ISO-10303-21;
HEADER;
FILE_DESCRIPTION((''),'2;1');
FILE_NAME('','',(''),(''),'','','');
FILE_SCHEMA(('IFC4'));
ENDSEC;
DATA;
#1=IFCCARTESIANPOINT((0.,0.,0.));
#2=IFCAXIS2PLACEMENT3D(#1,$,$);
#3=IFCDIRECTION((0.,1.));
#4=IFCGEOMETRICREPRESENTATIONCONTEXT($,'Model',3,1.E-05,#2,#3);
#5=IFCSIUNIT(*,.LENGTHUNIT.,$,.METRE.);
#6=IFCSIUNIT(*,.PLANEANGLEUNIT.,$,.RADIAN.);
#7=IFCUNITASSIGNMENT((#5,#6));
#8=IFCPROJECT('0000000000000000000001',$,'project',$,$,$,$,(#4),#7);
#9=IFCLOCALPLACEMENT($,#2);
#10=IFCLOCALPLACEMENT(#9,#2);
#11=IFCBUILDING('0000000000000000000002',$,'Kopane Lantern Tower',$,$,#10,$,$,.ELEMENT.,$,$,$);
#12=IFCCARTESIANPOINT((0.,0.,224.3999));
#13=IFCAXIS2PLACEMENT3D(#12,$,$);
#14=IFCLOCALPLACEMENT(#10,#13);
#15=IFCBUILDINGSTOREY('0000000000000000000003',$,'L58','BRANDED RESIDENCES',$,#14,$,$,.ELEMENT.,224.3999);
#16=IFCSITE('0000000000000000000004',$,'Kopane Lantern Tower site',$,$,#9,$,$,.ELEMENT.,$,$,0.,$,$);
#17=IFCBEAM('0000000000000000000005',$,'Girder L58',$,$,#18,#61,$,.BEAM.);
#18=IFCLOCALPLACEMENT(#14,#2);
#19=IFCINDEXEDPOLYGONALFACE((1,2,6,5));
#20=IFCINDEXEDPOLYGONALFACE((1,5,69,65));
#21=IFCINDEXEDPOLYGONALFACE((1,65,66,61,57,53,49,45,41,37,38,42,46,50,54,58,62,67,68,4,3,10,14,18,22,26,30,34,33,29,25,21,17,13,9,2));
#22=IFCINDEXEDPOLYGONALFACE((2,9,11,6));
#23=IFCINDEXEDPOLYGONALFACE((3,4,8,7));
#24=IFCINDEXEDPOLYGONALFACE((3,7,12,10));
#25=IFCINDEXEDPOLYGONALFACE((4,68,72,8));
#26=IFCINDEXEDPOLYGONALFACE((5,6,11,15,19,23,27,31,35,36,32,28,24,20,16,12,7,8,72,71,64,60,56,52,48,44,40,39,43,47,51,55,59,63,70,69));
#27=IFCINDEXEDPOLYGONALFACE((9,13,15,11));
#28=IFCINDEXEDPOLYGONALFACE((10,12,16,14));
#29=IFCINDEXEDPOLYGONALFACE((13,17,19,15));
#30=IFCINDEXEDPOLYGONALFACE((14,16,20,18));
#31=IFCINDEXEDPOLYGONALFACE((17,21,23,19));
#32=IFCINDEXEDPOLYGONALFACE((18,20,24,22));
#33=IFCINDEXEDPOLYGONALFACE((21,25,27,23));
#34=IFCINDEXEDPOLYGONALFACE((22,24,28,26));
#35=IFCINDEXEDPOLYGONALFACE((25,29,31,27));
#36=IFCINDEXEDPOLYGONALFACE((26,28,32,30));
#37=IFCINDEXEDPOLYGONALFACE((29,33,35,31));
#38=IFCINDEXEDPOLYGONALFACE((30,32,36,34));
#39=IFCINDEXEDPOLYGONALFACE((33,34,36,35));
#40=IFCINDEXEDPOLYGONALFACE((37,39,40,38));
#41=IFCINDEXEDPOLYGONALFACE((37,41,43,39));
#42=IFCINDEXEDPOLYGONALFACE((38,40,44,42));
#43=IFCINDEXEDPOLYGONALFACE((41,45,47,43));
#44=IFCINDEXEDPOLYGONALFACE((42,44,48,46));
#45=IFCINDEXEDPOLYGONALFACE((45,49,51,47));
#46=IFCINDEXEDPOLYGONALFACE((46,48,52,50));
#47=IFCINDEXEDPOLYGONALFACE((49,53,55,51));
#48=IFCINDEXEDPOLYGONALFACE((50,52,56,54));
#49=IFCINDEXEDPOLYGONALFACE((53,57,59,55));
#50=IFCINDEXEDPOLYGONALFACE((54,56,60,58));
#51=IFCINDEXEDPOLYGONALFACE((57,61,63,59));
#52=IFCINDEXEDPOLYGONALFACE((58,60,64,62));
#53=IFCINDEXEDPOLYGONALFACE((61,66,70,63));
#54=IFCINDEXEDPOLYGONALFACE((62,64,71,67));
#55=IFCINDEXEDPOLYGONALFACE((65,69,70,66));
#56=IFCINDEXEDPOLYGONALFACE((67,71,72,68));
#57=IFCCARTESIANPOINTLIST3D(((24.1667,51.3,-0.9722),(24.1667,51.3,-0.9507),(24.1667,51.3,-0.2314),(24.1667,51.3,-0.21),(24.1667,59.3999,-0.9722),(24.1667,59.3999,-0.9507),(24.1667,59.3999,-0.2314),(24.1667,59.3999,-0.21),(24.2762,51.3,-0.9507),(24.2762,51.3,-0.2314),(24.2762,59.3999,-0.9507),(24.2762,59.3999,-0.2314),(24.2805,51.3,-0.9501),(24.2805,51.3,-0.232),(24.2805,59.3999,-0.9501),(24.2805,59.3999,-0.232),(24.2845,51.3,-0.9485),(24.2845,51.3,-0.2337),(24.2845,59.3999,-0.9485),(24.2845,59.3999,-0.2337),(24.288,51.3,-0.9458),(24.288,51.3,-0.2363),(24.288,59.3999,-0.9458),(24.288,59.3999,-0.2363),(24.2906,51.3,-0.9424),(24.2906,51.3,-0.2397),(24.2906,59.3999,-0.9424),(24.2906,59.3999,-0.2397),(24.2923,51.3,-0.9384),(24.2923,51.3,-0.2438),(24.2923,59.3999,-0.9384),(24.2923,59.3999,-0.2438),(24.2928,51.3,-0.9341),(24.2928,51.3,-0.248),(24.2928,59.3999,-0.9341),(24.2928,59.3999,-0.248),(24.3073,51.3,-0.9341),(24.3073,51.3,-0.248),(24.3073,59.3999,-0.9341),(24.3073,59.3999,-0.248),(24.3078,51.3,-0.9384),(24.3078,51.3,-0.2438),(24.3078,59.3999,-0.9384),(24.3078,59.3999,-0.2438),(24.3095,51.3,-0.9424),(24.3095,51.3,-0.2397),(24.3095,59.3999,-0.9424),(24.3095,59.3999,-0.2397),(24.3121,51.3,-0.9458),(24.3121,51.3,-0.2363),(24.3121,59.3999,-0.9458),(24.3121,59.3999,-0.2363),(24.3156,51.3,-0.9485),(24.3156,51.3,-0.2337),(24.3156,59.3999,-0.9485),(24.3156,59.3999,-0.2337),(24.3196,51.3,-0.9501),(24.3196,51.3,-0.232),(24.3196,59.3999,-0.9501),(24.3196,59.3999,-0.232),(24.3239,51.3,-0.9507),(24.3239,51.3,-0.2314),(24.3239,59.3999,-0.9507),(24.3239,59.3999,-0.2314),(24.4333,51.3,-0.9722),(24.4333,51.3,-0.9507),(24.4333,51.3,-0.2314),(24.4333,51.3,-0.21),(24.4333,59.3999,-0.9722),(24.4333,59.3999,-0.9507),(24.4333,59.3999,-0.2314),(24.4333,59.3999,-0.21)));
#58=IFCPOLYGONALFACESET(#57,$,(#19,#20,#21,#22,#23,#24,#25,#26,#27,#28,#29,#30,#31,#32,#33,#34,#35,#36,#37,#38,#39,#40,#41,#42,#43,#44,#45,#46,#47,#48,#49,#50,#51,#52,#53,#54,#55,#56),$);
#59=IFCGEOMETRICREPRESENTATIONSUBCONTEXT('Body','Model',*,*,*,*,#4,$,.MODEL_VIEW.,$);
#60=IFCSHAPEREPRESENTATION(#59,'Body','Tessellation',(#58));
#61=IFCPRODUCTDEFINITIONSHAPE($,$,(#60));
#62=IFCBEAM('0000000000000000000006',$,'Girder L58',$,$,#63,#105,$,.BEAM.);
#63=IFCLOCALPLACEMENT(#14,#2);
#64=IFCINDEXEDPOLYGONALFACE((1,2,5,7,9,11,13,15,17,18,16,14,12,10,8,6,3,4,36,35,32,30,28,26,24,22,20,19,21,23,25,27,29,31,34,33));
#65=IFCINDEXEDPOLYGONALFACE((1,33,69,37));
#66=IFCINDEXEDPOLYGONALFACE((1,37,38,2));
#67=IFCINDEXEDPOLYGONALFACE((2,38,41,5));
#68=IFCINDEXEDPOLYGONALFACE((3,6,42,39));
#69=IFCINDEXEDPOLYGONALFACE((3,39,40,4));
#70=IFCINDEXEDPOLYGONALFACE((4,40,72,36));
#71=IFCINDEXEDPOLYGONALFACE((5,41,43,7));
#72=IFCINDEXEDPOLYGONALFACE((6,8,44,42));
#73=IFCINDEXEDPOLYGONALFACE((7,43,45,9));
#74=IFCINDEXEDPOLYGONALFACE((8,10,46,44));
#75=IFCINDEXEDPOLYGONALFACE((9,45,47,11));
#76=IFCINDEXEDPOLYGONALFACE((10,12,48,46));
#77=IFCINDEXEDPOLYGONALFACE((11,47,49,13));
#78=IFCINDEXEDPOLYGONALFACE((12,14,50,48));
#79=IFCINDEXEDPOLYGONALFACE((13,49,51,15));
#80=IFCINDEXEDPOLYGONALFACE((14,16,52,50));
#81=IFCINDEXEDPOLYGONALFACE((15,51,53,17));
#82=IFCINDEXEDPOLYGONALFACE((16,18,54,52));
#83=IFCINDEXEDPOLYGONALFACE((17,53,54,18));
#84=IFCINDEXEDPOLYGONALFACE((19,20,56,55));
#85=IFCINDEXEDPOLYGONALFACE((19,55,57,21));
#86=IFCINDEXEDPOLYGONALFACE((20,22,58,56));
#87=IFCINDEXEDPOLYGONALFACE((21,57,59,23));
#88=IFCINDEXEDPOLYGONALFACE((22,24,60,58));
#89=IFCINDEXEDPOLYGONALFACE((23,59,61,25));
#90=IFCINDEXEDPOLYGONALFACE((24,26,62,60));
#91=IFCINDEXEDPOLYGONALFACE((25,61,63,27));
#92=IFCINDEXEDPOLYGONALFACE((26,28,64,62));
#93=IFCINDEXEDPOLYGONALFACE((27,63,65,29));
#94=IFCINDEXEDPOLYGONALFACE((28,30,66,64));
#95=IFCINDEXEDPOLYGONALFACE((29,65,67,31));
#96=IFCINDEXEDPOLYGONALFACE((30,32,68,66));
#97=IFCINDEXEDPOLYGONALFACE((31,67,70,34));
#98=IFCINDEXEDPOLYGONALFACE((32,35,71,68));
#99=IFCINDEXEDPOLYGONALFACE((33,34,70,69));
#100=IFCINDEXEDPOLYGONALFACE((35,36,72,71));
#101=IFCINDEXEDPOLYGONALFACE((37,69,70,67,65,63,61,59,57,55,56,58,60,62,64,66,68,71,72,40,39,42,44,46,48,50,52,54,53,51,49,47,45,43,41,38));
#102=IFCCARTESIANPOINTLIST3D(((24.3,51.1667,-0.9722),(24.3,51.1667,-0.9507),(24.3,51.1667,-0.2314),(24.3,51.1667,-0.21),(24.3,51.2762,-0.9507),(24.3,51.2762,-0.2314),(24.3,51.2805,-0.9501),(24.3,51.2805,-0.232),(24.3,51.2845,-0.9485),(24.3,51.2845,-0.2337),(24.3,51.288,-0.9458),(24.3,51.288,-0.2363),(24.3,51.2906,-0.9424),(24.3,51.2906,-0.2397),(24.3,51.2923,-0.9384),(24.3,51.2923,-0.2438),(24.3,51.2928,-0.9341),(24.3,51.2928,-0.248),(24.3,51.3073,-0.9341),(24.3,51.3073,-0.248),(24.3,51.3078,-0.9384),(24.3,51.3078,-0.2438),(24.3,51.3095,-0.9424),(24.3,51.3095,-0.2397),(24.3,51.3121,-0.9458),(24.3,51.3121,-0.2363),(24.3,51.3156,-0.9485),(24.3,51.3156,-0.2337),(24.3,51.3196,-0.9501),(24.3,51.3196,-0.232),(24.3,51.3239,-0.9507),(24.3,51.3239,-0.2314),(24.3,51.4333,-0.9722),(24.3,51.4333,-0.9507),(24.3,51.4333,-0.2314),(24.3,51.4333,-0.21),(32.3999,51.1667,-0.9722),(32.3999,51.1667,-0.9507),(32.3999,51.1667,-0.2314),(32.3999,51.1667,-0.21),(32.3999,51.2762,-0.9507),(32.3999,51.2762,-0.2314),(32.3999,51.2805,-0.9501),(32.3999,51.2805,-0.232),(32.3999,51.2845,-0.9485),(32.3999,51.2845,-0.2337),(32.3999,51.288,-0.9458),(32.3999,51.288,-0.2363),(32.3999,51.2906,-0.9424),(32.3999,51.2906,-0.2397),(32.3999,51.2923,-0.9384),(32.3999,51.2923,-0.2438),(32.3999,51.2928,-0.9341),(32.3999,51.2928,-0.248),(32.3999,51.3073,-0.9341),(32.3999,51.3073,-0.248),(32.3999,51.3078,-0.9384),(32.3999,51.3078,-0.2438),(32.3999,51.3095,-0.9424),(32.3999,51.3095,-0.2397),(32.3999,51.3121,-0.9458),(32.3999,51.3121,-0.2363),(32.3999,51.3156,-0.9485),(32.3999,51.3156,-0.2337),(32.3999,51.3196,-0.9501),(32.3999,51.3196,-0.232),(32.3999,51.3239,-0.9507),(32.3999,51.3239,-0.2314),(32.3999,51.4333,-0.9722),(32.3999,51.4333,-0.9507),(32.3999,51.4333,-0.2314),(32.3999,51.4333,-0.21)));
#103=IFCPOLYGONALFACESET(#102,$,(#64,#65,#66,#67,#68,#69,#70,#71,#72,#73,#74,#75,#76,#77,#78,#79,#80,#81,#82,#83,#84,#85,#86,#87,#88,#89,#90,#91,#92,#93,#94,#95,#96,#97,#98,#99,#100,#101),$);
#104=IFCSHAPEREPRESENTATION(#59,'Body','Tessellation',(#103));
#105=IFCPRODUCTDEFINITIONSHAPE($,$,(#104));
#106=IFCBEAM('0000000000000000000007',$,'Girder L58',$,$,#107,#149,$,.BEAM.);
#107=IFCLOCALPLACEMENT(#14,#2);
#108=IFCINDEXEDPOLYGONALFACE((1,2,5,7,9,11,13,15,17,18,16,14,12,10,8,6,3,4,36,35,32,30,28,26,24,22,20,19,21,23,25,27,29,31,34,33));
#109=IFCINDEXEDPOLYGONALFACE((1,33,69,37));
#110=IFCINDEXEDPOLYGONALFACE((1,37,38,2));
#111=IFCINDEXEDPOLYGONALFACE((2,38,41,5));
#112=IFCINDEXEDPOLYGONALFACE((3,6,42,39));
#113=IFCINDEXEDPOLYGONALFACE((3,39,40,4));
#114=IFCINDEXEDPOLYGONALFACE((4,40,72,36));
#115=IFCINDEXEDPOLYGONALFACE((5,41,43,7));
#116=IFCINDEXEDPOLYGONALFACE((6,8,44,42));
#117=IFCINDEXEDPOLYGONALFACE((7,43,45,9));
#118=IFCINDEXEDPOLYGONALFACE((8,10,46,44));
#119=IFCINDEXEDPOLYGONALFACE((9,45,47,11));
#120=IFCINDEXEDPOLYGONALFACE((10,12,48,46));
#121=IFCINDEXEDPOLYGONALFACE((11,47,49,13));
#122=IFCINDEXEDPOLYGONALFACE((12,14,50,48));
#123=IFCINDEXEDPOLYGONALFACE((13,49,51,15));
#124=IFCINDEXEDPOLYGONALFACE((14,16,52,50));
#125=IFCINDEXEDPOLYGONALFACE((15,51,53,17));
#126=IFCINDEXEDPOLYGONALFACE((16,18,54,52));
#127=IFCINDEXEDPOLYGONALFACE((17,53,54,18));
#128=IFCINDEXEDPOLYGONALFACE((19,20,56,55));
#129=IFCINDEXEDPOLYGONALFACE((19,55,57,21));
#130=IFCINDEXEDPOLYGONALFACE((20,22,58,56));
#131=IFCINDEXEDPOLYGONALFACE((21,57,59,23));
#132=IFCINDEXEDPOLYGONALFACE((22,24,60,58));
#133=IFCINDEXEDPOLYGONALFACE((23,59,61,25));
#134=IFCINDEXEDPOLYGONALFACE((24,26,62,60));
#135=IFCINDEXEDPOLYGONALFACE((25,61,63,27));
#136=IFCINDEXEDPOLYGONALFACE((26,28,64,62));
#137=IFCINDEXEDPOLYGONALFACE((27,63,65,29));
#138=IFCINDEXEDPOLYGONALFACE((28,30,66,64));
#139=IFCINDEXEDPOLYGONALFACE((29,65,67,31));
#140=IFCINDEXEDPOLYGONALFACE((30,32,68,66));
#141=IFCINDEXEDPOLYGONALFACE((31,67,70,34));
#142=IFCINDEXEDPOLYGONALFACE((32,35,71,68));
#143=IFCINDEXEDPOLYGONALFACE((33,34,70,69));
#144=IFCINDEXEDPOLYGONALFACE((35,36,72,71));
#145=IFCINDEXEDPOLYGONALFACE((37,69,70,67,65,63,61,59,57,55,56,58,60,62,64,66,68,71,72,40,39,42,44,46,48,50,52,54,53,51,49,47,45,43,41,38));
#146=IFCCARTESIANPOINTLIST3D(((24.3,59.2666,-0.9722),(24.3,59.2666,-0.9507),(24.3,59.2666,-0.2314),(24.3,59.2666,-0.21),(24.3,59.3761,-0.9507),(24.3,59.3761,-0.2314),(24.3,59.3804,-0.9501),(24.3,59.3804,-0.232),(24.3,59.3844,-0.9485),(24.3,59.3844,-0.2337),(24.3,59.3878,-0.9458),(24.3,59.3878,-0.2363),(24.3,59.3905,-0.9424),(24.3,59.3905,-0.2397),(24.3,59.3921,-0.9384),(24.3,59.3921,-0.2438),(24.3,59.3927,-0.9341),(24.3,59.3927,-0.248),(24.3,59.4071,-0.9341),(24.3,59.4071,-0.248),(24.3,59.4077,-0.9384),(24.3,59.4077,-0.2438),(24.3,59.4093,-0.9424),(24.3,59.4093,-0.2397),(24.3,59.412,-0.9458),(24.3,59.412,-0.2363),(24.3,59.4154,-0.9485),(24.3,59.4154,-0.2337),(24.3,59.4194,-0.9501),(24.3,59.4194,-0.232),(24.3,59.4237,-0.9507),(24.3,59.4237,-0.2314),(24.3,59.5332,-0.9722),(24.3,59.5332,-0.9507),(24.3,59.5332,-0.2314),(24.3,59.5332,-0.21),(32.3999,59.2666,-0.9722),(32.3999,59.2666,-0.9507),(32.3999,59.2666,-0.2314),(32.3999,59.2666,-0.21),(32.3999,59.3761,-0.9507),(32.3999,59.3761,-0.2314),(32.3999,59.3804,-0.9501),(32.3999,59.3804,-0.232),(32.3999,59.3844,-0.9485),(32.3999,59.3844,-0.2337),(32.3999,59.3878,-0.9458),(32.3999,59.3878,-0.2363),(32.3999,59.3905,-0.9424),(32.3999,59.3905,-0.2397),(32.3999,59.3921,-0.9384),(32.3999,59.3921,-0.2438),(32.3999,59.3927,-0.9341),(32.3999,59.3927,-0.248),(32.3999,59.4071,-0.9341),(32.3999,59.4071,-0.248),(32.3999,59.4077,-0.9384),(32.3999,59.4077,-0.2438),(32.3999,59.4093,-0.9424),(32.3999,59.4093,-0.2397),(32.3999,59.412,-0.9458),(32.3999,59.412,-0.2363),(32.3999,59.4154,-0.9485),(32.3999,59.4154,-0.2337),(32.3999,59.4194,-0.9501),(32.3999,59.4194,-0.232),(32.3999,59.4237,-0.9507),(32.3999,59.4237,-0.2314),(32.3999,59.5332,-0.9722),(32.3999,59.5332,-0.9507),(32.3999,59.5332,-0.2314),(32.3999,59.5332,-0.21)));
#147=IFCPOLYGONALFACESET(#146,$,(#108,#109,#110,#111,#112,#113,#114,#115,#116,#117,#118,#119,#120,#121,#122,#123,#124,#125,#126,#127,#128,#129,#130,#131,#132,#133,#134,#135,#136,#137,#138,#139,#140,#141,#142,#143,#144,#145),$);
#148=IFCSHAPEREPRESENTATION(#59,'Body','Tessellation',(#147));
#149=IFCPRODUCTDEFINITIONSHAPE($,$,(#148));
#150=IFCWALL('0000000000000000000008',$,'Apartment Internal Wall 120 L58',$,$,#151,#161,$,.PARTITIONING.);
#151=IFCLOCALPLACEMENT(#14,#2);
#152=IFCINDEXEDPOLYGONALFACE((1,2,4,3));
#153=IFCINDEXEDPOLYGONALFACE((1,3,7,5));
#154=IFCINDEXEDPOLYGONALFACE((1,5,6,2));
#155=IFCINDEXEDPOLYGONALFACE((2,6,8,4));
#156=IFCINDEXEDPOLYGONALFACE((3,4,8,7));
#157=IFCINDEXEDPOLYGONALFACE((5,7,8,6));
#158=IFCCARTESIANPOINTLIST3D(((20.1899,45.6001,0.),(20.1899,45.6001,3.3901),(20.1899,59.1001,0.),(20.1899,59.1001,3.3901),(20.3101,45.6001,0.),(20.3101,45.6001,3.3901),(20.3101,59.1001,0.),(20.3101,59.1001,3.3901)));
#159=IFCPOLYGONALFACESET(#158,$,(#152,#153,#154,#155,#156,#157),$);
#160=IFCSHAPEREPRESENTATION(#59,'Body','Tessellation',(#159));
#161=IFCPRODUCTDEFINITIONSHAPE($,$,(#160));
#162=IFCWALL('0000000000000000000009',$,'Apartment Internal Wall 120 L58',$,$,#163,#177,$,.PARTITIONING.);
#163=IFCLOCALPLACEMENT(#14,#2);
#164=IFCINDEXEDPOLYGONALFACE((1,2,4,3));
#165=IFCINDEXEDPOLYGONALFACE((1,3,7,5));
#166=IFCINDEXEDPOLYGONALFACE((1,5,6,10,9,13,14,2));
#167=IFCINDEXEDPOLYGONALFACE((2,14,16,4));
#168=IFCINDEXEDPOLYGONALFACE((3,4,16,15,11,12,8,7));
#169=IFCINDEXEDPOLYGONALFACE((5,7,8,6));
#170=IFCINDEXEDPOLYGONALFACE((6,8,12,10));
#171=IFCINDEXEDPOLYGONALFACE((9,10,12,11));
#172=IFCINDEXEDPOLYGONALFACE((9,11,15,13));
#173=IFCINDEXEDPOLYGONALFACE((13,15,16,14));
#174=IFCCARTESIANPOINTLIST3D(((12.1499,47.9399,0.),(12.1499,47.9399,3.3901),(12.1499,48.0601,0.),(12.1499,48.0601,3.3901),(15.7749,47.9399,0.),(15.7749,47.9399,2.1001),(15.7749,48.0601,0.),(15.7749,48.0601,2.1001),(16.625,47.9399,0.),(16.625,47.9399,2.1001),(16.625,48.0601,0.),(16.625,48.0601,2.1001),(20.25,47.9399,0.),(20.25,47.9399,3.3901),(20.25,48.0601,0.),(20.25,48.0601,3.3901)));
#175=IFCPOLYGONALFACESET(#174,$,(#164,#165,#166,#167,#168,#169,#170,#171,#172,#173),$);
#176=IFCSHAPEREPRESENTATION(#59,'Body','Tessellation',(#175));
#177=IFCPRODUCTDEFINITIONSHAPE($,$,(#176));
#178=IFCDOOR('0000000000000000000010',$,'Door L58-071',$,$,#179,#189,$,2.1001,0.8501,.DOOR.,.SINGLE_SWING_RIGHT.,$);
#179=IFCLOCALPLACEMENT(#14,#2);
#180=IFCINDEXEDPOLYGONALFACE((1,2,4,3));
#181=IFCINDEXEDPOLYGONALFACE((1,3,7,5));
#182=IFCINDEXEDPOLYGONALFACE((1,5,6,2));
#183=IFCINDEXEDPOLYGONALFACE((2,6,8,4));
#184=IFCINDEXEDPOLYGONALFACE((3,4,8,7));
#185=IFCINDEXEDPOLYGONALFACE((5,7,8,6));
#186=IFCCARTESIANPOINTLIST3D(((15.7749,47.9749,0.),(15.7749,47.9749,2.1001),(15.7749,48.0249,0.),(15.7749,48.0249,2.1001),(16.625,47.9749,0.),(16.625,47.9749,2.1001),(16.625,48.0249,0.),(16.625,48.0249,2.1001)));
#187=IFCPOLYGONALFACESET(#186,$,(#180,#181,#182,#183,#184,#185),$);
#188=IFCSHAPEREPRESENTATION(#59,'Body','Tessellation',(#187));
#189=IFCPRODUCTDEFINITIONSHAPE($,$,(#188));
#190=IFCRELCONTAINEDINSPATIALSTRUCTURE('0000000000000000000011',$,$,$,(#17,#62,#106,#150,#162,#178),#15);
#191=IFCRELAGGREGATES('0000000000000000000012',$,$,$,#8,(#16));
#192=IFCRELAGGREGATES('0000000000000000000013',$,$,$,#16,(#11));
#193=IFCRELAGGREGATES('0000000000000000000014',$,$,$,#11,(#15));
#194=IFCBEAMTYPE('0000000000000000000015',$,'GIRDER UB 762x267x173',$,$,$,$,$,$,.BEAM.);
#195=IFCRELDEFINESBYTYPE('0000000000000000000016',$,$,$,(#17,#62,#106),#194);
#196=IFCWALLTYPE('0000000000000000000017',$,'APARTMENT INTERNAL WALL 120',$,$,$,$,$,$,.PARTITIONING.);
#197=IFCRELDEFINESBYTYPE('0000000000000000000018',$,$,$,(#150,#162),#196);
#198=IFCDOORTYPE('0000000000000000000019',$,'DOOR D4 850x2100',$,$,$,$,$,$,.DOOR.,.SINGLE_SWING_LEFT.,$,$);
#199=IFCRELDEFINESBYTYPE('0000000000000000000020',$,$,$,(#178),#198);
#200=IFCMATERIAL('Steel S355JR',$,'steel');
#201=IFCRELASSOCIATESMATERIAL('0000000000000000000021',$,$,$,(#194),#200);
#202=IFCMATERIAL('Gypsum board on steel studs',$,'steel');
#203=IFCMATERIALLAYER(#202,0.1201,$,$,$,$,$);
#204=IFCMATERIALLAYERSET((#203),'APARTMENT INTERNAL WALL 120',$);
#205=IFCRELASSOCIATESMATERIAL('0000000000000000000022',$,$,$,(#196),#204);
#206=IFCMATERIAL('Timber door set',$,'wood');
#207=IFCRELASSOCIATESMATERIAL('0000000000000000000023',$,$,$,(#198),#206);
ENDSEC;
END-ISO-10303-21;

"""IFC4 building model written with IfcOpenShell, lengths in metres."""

from ifc_helpers import new_model, si_unit, direction, frame, frame_2d, origin, origin_2d, place, context, subcontext, project, spatial, rectangle, i_section, extrude, material, layer, layer_set, material_profile, profile_set, type_object, element, fill, save


model = new_model("IFC4")

# Units and contexts
model_context = context("Model", 3, precision=1e-05, world=origin(), true_north=direction((0.0, 1.0)))
body_context = subcontext(model_context, "Body", "Model", "MODEL_VIEW")
ifc_project = project(units=[si_unit("LENGTHUNIT", "METRE"), si_unit("PLANEANGLEUNIT", "RADIAN")], contexts=[model_context])

# Site, building, storey
site_placement = place(None, origin())
site = spatial("IfcSite", under=ifc_project, at=site_placement, Name="Kopane Lantern Tower site", CompositionType="ELEMENT", RefElevation=0.0)
building_placement = place(site_placement, origin())
building = spatial("IfcBuilding", under=site, at=building_placement, Name="Kopane Lantern Tower", CompositionType="ELEMENT")
storey_placement = place(building_placement, frame((0.0, 0.0, 224.3999)))
storey = spatial("IfcBuildingStorey", under=building, at=storey_placement, Name="L58", Description="BRANDED RESIDENCES", CompositionType="ELEMENT", Elevation=224.3999)

# Beams
ifc_material_1 = material(Name="Steel S355JR", Category="steel")
ifc_material_profile_1 = material_profile(ifc_material_1, i_section(OverallWidth=0.2666, OverallDepth=0.7622, WebThickness=0.0144, FlangeThickness=0.0215, FilletRadius=0.0166, at=origin_2d()), Name="UB 762x267x173")
ifc_profile_set_1 = profile_set([ifc_material_profile_1], Name="Steel S355JR")
beam_type = type_object("IfcBeamType", Name="GIRDER UB 762x267x173", PredefinedType="BEAM", material=ifc_profile_set_1)
for number, where, z_axis, x_axis, name in (
    (1, (24.3, 51.3, -0.5911), (0.0, 1.0, 0.0), (-1.0, 0.0, 0.0), "Girder L58"),
    (2, (24.3, 51.3, -0.5911), (1.0, 0.0, 0.0), (0.0, 1.0, 0.0), "Girder L58"),
    (3, (24.3, 59.3999, -0.5911), (1.0, 0.0, 0.0), (0.0, 1.0, 0.0), "Girder L58"),
):
    element("IfcBeam", number, at=place(storey_placement, frame(where, z_axis=z_axis, x_axis=x_axis)), inside=storey, type_object=beam_type, Name=name, PredefinedType="BEAM", context=body_context, shape_type="SweptSolid", body=[
        extrude(i_section(OverallWidth=0.2666, OverallDepth=0.7622, WebThickness=0.0144, FlangeThickness=0.0215, FilletRadius=0.0166, at=origin_2d()), origin(), (0.0, 0.0, 1.0), 8.0999),
    ])

# Wall
ifc_material_2 = material(Name="Gypsum board on steel studs", Category="steel")
ifc_layer_1 = layer(ifc_material_2, 0.1201)
ifc_layer_set_1 = layer_set([ifc_layer_1], Name="APARTMENT INTERNAL WALL 120")
wall_type_1 = type_object("IfcWallType", Name="APARTMENT INTERNAL WALL 120", PredefinedType="PARTITIONING", material=ifc_layer_set_1)
wall_1_placement = place(storey_placement, frame((20.25, 45.6001, 0.0), z_axis=(0.0, 0.0, 1.0), x_axis=(0.0, 1.0, 0.0)))
element("IfcWall", 4, at=wall_1_placement, inside=storey, type_object=wall_type_1, Name="Apartment Internal Wall 120 L58", PredefinedType="PARTITIONING", context=body_context, shape_type="SweptSolid", body=[
    extrude(rectangle(XDim=13.5, YDim=0.1201, at=frame_2d((6.75, 0.0))), origin(), (0.0, 0.0, 1.0), 3.3901),
])

# Wall, opening, door
wall_2_placement = place(storey_placement, frame((12.1499, 48.0, 0.0), z_axis=(0.0, 0.0, 1.0), x_axis=(1.0, 0.0, 0.0)))
wall_2 = element("IfcWall", 5, at=wall_2_placement, inside=storey, type_object=wall_type_1, Name="Apartment Internal Wall 120 L58", PredefinedType="PARTITIONING", context=body_context, shape_type="SweptSolid", body=[
    extrude(rectangle(XDim=8.1001, YDim=0.1201, at=frame_2d((4.05, 0.0))), origin(), (0.0, 0.0, 1.0), 3.3901),
])
opening_1_placement = place(wall_2_placement, frame((3.625, 0.0, 0.0)))
opening_1 = element("IfcOpeningElement", 6, at=opening_1_placement, cuts=wall_2, PredefinedType="OPENING", context=body_context, shape_type="SweptSolid", body=[
    extrude(rectangle(XDim=0.8501, YDim=2.1001, at=frame_2d((0.425, 1.05))), frame((0.0, 0.0701, 0.0), z_axis=(0.0, -1.0, 0.0), x_axis=(1.0, 0.0, 0.0)), (0.0, 0.0, 1.0), 0.1401),
])
ifc_material_3 = material(Name="Timber door set", Category="wood")
door_type_1 = type_object("IfcDoorType", Name="DOOR D4 850x2100", OperationType="SINGLE_SWING_LEFT", PredefinedType="DOOR", material=ifc_material_3)
door_1_placement = place(opening_1_placement, origin())
door_1 = element("IfcDoor", 7, at=door_1_placement, inside=storey, type_object=door_type_1, Name="Door L58-071", OperationType="SINGLE_SWING_RIGHT", OverallHeight=2.1001, OverallWidth=0.8501, PredefinedType="DOOR", context=body_context, shape_type="SweptSolid", body=[
    extrude(rectangle(XDim=0.8501, YDim=2.1001, at=frame_2d((0.425, 1.05))), frame((0.0, 0.0249, 0.0), z_axis=(0.0, -1.0, 0.0), x_axis=(1.0, 0.0, 0.0)), (0.0, 0.0, 1.0), 0.05),
])
fill(opening_1, door_1)

save(model, "model.ifc")
